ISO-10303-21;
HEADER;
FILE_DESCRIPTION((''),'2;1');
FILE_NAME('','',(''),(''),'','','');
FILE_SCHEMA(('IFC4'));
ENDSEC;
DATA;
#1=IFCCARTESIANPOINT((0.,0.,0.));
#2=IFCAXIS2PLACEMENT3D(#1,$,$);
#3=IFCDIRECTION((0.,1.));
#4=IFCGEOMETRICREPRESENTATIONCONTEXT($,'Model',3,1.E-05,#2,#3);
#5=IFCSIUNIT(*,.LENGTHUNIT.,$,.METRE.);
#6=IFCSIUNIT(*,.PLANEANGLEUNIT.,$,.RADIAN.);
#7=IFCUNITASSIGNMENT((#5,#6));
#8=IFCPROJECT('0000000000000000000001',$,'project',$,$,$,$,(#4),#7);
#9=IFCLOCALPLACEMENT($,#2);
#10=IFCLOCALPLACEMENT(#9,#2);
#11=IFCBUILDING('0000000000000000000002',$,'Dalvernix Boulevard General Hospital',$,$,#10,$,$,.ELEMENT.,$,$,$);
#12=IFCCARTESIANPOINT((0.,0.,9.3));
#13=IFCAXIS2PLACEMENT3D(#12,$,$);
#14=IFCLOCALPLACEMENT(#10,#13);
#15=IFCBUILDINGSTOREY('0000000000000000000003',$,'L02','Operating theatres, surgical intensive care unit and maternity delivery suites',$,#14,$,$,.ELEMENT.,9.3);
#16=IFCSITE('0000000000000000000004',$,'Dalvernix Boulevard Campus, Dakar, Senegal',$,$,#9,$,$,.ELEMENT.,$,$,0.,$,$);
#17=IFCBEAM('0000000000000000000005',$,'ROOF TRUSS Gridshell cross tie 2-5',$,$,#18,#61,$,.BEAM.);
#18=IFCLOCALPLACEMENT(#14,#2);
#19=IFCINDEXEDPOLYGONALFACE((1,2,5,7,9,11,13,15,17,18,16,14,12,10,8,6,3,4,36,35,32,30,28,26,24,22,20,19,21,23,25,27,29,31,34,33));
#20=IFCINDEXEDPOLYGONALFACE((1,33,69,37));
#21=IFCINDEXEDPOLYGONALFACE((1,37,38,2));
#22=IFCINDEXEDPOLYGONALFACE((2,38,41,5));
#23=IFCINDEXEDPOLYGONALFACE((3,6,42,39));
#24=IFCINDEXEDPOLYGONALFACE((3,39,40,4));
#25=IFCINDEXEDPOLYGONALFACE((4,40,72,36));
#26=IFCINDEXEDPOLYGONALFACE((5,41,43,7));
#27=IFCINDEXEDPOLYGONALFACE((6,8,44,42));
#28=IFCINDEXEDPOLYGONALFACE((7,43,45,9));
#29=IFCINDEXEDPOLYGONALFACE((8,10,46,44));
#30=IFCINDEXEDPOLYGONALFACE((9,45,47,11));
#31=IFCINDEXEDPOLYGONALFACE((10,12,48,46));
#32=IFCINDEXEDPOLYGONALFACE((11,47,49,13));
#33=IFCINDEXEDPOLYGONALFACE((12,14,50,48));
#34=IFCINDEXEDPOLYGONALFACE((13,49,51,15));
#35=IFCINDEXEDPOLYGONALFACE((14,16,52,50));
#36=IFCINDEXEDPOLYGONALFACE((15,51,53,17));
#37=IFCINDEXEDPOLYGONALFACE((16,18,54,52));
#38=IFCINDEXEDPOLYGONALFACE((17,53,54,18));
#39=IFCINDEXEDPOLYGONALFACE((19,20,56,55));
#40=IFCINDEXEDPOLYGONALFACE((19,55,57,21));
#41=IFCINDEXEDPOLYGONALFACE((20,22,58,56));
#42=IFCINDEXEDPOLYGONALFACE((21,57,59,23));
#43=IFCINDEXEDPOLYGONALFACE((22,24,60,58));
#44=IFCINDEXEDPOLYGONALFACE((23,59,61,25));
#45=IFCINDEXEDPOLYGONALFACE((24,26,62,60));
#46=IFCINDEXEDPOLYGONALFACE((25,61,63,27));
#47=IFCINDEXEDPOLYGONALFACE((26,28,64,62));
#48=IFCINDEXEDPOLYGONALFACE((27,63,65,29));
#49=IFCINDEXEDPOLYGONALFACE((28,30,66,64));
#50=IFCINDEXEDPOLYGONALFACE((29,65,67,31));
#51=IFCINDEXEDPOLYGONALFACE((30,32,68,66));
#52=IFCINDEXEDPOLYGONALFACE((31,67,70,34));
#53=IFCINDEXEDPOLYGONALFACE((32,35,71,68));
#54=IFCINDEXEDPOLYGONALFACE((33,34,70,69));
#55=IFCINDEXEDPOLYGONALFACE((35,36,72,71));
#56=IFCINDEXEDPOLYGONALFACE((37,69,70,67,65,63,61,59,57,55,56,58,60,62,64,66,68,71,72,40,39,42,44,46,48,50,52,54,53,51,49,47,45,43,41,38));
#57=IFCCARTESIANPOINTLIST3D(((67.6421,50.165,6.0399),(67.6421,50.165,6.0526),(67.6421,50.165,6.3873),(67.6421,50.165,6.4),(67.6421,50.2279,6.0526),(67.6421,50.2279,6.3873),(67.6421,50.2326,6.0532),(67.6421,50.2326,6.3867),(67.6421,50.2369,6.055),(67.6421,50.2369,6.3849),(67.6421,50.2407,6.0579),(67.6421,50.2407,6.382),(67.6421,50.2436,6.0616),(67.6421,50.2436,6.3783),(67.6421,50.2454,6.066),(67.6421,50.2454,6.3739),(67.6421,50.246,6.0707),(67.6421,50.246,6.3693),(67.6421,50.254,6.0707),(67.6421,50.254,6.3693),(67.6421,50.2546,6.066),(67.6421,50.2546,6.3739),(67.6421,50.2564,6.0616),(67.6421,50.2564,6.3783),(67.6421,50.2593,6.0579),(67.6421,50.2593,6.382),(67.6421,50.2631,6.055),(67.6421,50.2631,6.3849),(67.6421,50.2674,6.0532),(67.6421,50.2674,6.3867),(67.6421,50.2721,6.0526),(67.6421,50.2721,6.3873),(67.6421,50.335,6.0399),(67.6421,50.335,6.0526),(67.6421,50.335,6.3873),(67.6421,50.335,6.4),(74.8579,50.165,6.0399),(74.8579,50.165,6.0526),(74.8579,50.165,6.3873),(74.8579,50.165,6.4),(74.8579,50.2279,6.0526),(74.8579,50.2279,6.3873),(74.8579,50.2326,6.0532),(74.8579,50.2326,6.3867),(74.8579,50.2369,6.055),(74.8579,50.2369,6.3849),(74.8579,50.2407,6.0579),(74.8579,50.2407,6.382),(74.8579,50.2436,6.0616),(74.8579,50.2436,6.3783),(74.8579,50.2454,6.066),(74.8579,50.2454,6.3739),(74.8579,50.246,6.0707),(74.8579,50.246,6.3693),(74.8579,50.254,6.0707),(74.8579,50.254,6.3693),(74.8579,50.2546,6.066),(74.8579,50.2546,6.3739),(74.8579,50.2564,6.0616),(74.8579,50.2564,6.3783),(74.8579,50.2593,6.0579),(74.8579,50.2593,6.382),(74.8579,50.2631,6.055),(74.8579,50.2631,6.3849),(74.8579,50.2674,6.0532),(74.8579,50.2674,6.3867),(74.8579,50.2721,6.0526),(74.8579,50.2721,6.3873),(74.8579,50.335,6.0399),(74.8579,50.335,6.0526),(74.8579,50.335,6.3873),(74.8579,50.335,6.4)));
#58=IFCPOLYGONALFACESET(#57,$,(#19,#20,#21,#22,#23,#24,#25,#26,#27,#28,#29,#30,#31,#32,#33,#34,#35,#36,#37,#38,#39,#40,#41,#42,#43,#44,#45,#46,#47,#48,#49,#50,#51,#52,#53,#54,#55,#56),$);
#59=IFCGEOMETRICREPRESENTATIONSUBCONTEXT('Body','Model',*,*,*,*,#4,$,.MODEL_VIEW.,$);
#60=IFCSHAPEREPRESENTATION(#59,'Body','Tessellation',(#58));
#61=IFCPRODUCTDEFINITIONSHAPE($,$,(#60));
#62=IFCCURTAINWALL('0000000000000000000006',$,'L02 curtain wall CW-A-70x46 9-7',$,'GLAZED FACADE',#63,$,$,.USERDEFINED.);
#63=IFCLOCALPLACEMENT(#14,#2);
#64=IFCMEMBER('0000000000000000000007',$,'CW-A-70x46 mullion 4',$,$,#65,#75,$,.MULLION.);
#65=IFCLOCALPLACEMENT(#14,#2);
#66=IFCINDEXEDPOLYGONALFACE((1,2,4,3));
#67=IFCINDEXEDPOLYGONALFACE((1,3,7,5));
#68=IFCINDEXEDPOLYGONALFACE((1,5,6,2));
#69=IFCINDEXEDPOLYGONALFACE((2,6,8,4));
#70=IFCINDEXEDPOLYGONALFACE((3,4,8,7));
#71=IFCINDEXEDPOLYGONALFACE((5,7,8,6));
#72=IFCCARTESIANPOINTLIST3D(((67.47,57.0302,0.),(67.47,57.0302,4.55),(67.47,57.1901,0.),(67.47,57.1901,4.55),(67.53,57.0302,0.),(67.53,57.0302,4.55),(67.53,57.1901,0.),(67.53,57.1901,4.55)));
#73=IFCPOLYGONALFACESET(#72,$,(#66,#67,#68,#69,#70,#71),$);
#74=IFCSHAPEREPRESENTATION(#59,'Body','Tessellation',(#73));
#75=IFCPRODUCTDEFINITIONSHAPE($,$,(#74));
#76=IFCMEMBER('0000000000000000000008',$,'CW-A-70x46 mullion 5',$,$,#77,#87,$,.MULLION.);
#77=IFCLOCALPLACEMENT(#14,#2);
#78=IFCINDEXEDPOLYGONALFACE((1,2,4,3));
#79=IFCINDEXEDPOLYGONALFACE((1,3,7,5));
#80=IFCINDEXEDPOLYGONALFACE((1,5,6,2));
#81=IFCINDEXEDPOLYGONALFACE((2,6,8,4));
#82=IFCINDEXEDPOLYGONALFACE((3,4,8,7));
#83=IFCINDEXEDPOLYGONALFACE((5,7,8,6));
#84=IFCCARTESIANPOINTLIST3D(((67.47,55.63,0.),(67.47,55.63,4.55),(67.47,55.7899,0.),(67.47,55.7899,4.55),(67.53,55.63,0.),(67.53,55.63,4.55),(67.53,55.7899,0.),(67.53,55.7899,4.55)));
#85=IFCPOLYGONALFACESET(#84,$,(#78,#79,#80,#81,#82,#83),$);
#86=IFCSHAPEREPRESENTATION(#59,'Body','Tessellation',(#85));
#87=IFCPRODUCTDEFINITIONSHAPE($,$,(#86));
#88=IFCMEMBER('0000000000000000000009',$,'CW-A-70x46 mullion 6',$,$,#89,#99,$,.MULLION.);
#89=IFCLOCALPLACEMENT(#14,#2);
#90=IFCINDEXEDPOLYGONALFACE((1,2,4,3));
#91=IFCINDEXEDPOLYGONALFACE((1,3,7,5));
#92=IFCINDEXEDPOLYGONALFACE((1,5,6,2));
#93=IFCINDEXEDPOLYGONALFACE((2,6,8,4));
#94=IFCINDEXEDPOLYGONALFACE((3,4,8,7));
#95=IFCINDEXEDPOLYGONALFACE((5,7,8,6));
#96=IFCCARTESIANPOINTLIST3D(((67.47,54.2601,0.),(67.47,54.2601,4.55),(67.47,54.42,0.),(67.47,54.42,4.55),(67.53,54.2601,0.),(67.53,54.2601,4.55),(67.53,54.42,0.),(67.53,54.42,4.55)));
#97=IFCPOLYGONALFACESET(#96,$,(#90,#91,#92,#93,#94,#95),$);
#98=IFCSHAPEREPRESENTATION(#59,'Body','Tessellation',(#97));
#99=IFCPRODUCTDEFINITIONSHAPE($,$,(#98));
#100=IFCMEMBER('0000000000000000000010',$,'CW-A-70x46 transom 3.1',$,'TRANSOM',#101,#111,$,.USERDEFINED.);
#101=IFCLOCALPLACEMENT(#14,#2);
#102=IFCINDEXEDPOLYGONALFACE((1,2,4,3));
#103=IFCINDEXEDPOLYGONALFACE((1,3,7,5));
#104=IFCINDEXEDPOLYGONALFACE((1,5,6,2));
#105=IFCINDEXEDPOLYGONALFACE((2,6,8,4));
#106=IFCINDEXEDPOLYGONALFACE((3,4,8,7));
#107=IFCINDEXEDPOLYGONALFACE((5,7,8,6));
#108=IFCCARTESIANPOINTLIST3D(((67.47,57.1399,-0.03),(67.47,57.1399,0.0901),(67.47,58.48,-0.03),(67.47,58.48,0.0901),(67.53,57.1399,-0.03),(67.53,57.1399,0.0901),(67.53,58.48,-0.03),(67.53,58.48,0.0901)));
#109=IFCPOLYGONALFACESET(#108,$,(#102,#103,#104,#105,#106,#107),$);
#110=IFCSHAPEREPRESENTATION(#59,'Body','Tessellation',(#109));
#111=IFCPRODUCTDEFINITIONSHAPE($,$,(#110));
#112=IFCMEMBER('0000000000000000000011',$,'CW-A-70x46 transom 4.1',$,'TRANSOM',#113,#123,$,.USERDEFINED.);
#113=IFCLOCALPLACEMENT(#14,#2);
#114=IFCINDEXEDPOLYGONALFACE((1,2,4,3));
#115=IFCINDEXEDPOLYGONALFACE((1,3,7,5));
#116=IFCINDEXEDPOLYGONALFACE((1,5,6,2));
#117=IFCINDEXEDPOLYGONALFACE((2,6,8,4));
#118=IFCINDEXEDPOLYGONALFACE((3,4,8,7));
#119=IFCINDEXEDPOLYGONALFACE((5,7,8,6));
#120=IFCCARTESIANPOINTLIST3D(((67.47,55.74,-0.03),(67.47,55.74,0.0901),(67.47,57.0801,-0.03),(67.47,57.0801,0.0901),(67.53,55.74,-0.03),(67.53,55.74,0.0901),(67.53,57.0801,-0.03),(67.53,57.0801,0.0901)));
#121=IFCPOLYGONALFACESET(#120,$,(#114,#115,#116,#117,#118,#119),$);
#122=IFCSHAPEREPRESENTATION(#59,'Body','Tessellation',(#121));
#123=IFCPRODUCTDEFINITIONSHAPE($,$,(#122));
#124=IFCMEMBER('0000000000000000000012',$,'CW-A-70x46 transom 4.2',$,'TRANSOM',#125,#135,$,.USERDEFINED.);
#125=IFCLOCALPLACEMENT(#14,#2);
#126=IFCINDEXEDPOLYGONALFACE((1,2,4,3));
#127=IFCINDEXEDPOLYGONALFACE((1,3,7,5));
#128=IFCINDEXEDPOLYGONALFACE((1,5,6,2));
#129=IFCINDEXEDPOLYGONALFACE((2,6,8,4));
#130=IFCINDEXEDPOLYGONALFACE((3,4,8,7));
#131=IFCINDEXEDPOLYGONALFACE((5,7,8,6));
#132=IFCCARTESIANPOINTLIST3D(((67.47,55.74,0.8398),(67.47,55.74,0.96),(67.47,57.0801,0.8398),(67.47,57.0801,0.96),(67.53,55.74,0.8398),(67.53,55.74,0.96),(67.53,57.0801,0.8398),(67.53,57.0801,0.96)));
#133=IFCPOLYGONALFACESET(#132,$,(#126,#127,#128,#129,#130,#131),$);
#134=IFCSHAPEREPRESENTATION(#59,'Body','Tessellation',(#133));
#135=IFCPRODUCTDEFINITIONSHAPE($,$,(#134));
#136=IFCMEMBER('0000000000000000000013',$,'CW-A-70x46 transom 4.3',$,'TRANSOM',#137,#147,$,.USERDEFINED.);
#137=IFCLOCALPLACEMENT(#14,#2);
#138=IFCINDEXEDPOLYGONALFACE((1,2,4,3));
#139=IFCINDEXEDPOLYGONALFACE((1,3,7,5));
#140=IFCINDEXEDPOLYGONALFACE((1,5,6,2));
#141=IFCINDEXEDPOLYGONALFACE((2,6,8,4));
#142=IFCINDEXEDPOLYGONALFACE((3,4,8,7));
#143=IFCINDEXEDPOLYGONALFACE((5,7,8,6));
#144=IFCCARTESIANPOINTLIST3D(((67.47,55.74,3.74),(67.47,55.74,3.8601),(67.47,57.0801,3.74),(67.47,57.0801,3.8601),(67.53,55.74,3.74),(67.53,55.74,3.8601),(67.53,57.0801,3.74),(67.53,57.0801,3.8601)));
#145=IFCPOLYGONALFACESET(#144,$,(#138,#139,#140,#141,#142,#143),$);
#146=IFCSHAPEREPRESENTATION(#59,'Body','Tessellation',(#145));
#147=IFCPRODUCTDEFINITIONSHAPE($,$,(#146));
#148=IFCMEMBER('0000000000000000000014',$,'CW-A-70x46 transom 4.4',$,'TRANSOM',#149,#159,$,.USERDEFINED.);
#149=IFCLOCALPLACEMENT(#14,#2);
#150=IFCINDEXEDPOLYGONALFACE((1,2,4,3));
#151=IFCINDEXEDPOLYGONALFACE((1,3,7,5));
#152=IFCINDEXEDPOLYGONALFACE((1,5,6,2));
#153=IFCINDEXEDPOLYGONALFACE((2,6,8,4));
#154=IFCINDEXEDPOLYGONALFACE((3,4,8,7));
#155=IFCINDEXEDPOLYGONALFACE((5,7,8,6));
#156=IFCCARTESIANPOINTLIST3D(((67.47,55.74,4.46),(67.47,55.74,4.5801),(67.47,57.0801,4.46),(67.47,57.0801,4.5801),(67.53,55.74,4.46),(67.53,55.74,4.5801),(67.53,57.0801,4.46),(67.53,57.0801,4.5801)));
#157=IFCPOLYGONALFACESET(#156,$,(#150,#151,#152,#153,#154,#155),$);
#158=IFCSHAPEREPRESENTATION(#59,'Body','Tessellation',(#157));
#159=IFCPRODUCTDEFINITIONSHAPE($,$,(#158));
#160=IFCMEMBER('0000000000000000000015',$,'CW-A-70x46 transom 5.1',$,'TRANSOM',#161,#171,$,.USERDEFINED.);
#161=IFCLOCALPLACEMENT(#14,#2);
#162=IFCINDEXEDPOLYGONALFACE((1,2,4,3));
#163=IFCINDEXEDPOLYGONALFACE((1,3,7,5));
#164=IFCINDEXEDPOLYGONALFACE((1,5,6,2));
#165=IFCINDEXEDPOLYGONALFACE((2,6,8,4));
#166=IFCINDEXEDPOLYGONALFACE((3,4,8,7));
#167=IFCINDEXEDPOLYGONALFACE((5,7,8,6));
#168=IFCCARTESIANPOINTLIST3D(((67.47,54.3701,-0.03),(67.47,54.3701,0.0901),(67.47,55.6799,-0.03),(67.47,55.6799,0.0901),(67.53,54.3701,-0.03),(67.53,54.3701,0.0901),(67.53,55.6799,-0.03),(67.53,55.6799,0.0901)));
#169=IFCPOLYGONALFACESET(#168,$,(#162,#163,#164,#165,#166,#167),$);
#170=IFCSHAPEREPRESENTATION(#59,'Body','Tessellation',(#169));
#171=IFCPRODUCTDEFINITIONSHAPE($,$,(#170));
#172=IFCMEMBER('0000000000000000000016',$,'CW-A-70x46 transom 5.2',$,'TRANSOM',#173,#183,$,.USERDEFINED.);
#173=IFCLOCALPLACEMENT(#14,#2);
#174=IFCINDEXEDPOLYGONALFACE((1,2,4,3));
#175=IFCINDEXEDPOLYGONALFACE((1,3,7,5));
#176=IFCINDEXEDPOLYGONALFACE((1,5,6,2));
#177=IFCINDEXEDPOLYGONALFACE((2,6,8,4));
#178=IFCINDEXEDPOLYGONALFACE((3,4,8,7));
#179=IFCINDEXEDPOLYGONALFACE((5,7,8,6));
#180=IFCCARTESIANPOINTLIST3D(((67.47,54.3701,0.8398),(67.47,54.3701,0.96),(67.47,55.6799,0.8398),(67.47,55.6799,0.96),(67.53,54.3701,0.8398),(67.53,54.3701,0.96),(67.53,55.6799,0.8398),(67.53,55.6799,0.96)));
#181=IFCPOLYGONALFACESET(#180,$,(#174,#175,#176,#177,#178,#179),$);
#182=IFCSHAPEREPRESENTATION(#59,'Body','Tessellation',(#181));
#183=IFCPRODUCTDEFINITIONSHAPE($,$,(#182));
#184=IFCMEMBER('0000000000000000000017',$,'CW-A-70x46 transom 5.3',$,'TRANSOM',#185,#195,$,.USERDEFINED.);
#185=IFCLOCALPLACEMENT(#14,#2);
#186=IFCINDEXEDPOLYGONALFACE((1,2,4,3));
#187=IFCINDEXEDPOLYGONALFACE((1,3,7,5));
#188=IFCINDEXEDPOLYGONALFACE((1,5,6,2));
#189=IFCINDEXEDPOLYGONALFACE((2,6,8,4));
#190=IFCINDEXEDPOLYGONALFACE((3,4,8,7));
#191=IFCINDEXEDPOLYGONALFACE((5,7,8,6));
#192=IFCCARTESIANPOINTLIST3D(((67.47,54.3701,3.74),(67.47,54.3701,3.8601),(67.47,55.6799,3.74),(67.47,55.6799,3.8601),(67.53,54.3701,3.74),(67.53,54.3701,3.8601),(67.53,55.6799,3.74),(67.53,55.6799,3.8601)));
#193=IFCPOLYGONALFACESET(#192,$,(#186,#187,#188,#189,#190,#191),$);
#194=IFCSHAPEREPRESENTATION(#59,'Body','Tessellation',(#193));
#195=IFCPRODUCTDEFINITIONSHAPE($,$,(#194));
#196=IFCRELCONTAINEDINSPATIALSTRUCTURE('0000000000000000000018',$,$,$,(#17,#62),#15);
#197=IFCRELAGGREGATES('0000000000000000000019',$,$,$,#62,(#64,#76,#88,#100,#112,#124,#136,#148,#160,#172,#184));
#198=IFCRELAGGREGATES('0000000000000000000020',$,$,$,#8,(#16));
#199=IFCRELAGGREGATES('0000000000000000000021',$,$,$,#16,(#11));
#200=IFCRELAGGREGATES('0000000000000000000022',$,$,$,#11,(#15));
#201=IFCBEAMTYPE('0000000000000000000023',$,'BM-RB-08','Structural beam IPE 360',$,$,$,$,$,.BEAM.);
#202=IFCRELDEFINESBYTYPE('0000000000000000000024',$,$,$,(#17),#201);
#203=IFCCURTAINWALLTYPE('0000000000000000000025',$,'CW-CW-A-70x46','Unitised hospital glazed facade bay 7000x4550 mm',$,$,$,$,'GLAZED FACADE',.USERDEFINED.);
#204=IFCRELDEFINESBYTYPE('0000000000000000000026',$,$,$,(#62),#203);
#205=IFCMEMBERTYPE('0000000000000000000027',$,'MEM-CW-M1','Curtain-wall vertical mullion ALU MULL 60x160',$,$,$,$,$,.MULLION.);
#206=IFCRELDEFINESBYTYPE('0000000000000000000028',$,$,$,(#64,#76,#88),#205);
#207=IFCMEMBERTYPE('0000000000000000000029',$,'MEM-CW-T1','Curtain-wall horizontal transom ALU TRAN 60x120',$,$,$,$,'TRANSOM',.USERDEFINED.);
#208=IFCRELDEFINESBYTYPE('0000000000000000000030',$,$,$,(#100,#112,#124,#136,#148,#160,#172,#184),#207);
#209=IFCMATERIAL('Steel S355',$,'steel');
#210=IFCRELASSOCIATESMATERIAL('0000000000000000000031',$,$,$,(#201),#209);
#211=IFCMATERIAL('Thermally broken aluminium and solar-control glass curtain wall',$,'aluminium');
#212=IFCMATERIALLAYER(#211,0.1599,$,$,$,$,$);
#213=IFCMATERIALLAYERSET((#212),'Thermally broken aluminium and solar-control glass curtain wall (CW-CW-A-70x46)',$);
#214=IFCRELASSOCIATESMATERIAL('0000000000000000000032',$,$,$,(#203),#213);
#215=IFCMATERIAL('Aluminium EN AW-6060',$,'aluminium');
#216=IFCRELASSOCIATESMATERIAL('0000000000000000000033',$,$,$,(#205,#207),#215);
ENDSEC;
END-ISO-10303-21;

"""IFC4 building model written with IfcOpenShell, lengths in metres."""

from ifc_helpers import new_model, si_unit, direction, frame, origin, origin_2d, place, context, subcontext, project, spatial, rectangle, i_section, extrude, material, layer, layer_set, material_profile, profile_set, type_object, element, aggregate, save


model = new_model("IFC4")

# Units and contexts
model_context = context("Model", 3, precision=1e-05, world=origin(), true_north=direction((0.0, 1.0)))
body_context = subcontext(model_context, "Body", "Model", "MODEL_VIEW")
ifc_project = project(units=[si_unit("LENGTHUNIT", "METRE"), si_unit("PLANEANGLEUNIT", "RADIAN")], contexts=[model_context])

# Site, building, storey
site_placement = place(None, origin())
site = spatial("IfcSite", under=ifc_project, at=site_placement, Name="Dalvernix Boulevard Campus, Dakar, Senegal", CompositionType="ELEMENT", RefElevation=0.0)
building_placement = place(site_placement, origin())
building = spatial("IfcBuilding", under=site, at=building_placement, Name="Dalvernix Boulevard General Hospital", CompositionType="ELEMENT")
storey_placement = place(building_placement, frame((0.0, 0.0, 9.3)))
storey = spatial("IfcBuildingStorey", under=building, at=storey_placement, Name="L02", Description="Operating theatres, surgical intensive care unit and maternity delivery suites", CompositionType="ELEMENT", Elevation=9.3)

# Beam
ifc_material_1 = material(Name="Steel S355", Category="steel")
ifc_material_profile_1 = material_profile(ifc_material_1, i_section(OverallWidth=0.1699, OverallDepth=0.3601, WebThickness=0.0081, FlangeThickness=0.0127, FilletRadius=0.0181, at=origin_2d()), Name="IPE 360")
ifc_profile_set_1 = profile_set([ifc_material_profile_1], Name="Steel S355")
beam_type = type_object("IfcBeamType", Name="BM-RB-08", Description="Structural beam IPE 360", PredefinedType="BEAM", material=ifc_profile_set_1)
beam_placement = place(storey_placement, frame((67.6421, 50.25, 6.22), z_axis=(1.0, 0.0, 0.0), x_axis=(0.0, 1.0, 0.0)))
element("IfcBeam", 1, at=beam_placement, inside=storey, type_object=beam_type, Name="ROOF TRUSS Gridshell cross tie 2-5", PredefinedType="BEAM", context=body_context, shape_type="SweptSolid", body=[
    extrude(i_section(OverallWidth=0.1699, OverallDepth=0.3601, WebThickness=0.0081, FlangeThickness=0.0127, FilletRadius=0.0181, at=origin_2d()), origin(), (0.0, 0.0, 1.0), 7.2158),
])

# Curtain wall, members
ifc_material_2 = material(Name="Thermally broken aluminium and solar-control glass curtain wall", Category="aluminium")
ifc_layer_1 = layer(ifc_material_2, 0.1599)
ifc_layer_set_1 = layer_set([ifc_layer_1], Name="Thermally broken aluminium and solar-control glass curtain wall (CW-CW-A-70x46)")
curtain_wall_type = type_object("IfcCurtainWallType", Name="CW-CW-A-70x46", Description="Unitised hospital glazed facade bay 7000x4550 mm", ElementType="GLAZED FACADE", PredefinedType="USERDEFINED", material=ifc_layer_set_1)
curtain_wall_placement = place(storey_placement, origin())
curtain_wall = element("IfcCurtainWall", 2, at=curtain_wall_placement, inside=storey, type_object=curtain_wall_type, Name="L02 curtain wall CW-A-70x46 9-7", ObjectType="GLAZED FACADE", PredefinedType="USERDEFINED")
ifc_material_3 = material(Name="Aluminium EN AW-6060", Category="aluminium")
ifc_material_profile_2 = material_profile(ifc_material_3, rectangle(XDim=0.0601, YDim=0.1599, at=origin_2d()), Name="ALU MULL 60x160")
ifc_profile_set_2 = profile_set([ifc_material_profile_2], Name="Aluminium EN AW-6060")
member_type_1 = type_object("IfcMemberType", Name="MEM-CW-M1", Description="Curtain-wall vertical mullion ALU MULL 60x160", PredefinedType="MULLION", material=ifc_profile_set_2)
member_1_placement = place(storey_placement, frame((67.5, 57.1101, 0.0), z_axis=(0.0, 0.0, 1.0), x_axis=(1.0, 0.0, 0.0)))
member_1 = element("IfcMember", 3, at=member_1_placement, type_object=member_type_1, Name="CW-A-70x46 mullion 4", PredefinedType="MULLION", context=body_context, shape_type="SweptSolid", body=[
    extrude(rectangle(XDim=0.0601, YDim=0.1599, at=origin_2d()), origin(), (0.0, 0.0, 1.0), 4.55),
])
member_2_placement = place(storey_placement, frame((67.5, 55.71, 0.0), z_axis=(0.0, 0.0, 1.0), x_axis=(1.0, 0.0, 0.0)))
member_2 = element("IfcMember", 4, at=member_2_placement, type_object=member_type_1, Name="CW-A-70x46 mullion 5", PredefinedType="MULLION", context=body_context, shape_type="SweptSolid", body=[
    extrude(rectangle(XDim=0.0601, YDim=0.1599, at=origin_2d()), origin(), (0.0, 0.0, 1.0), 4.55),
])
member_3_placement = place(storey_placement, frame((67.5, 54.3401, 0.0), z_axis=(0.0, 0.0, 1.0), x_axis=(1.0, 0.0, 0.0)))
member_3 = element("IfcMember", 5, at=member_3_placement, type_object=member_type_1, Name="CW-A-70x46 mullion 6", PredefinedType="MULLION", context=body_context, shape_type="SweptSolid", body=[
    extrude(rectangle(XDim=0.0601, YDim=0.1599, at=origin_2d()), origin(), (0.0, 0.0, 1.0), 4.55),
])
ifc_material_profile_3 = material_profile(ifc_material_3, rectangle(XDim=0.0601, YDim=0.1201, at=origin_2d()), Name="ALU TRAN 60x120")
ifc_profile_set_3 = profile_set([ifc_material_profile_3], Name="Aluminium EN AW-6060")
member_type_2 = type_object("IfcMemberType", Name="MEM-CW-T1", Description="Curtain-wall horizontal transom ALU TRAN 60x120", ElementType="TRANSOM", PredefinedType="USERDEFINED", material=ifc_profile_set_3)
member_4_placement = place(storey_placement, frame((67.5, 58.48, 0.03), z_axis=(0.0, -1.0, 0.0), x_axis=(1.0, 0.0, 0.0)))
member_4 = element("IfcMember", 6, at=member_4_placement, type_object=member_type_2, Name="CW-A-70x46 transom 3.1", ObjectType="TRANSOM", PredefinedType="USERDEFINED", context=body_context, shape_type="SweptSolid", body=[
    extrude(rectangle(XDim=0.0601, YDim=0.1201, at=origin_2d()), origin(), (0.0, 0.0, 1.0), 1.3401),
])
member_5_placement = place(storey_placement, frame((67.5, 57.0801, 0.03), z_axis=(0.0, -1.0, 0.0), x_axis=(1.0, 0.0, 0.0)))
member_5 = element("IfcMember", 7, at=member_5_placement, type_object=member_type_2, Name="CW-A-70x46 transom 4.1", ObjectType="TRANSOM", PredefinedType="USERDEFINED", context=body_context, shape_type="SweptSolid", body=[
    extrude(rectangle(XDim=0.0601, YDim=0.1201, at=origin_2d()), origin(), (0.0, 0.0, 1.0), 1.3401),
])
member_6_placement = place(storey_placement, frame((67.5, 57.0801, 0.8999), z_axis=(0.0, -1.0, 0.0), x_axis=(1.0, 0.0, 0.0)))
member_6 = element("IfcMember", 8, at=member_6_placement, type_object=member_type_2, Name="CW-A-70x46 transom 4.2", ObjectType="TRANSOM", PredefinedType="USERDEFINED", context=body_context, shape_type="SweptSolid", body=[
    extrude(rectangle(XDim=0.0601, YDim=0.1201, at=origin_2d()), origin(), (0.0, 0.0, 1.0), 1.3401),
])
member_7_placement = place(storey_placement, frame((67.5, 57.0801, 3.8), z_axis=(0.0, -1.0, 0.0), x_axis=(1.0, 0.0, 0.0)))
member_7 = element("IfcMember", 9, at=member_7_placement, type_object=member_type_2, Name="CW-A-70x46 transom 4.3", ObjectType="TRANSOM", PredefinedType="USERDEFINED", context=body_context, shape_type="SweptSolid", body=[
    extrude(rectangle(XDim=0.0601, YDim=0.1201, at=origin_2d()), origin(), (0.0, 0.0, 1.0), 1.3401),
])
member_8_placement = place(storey_placement, frame((67.5, 57.0801, 4.52), z_axis=(0.0, -1.0, 0.0), x_axis=(1.0, 0.0, 0.0)))
member_8 = element("IfcMember", 10, at=member_8_placement, type_object=member_type_2, Name="CW-A-70x46 transom 4.4", ObjectType="TRANSOM", PredefinedType="USERDEFINED", context=body_context, shape_type="SweptSolid", body=[
    extrude(rectangle(XDim=0.0601, YDim=0.1201, at=origin_2d()), origin(), (0.0, 0.0, 1.0), 1.3401),
])
member_9_placement = place(storey_placement, frame((67.5, 55.6799, 0.03), z_axis=(0.0, -1.0, 0.0), x_axis=(1.0, 0.0, 0.0)))
member_9 = element("IfcMember", 11, at=member_9_placement, type_object=member_type_2, Name="CW-A-70x46 transom 5.1", ObjectType="TRANSOM", PredefinedType="USERDEFINED", context=body_context, shape_type="SweptSolid", body=[
    extrude(rectangle(XDim=0.0601, YDim=0.1201, at=origin_2d()), origin(), (0.0, 0.0, 1.0), 1.3098),
])
member_10_placement = place(storey_placement, frame((67.5, 55.6799, 0.8999), z_axis=(0.0, -1.0, 0.0), x_axis=(1.0, 0.0, 0.0)))
member_10 = element("IfcMember", 12, at=member_10_placement, type_object=member_type_2, Name="CW-A-70x46 transom 5.2", ObjectType="TRANSOM", PredefinedType="USERDEFINED", context=body_context, shape_type="SweptSolid", body=[
    extrude(rectangle(XDim=0.0601, YDim=0.1201, at=origin_2d()), origin(), (0.0, 0.0, 1.0), 1.3098),
])
member_11_placement = place(storey_placement, frame((67.5, 55.6799, 3.8), z_axis=(0.0, -1.0, 0.0), x_axis=(1.0, 0.0, 0.0)))
member_11 = element("IfcMember", 13, at=member_11_placement, type_object=member_type_2, Name="CW-A-70x46 transom 5.3", ObjectType="TRANSOM", PredefinedType="USERDEFINED", context=body_context, shape_type="SweptSolid", body=[
    extrude(rectangle(XDim=0.0601, YDim=0.1201, at=origin_2d()), origin(), (0.0, 0.0, 1.0), 1.3098),
])
aggregate(curtain_wall, [member_1, member_2, member_3, member_4, member_5, member_6, member_7, member_8, member_9, member_10, member_11])

save(model, "model.ifc")
